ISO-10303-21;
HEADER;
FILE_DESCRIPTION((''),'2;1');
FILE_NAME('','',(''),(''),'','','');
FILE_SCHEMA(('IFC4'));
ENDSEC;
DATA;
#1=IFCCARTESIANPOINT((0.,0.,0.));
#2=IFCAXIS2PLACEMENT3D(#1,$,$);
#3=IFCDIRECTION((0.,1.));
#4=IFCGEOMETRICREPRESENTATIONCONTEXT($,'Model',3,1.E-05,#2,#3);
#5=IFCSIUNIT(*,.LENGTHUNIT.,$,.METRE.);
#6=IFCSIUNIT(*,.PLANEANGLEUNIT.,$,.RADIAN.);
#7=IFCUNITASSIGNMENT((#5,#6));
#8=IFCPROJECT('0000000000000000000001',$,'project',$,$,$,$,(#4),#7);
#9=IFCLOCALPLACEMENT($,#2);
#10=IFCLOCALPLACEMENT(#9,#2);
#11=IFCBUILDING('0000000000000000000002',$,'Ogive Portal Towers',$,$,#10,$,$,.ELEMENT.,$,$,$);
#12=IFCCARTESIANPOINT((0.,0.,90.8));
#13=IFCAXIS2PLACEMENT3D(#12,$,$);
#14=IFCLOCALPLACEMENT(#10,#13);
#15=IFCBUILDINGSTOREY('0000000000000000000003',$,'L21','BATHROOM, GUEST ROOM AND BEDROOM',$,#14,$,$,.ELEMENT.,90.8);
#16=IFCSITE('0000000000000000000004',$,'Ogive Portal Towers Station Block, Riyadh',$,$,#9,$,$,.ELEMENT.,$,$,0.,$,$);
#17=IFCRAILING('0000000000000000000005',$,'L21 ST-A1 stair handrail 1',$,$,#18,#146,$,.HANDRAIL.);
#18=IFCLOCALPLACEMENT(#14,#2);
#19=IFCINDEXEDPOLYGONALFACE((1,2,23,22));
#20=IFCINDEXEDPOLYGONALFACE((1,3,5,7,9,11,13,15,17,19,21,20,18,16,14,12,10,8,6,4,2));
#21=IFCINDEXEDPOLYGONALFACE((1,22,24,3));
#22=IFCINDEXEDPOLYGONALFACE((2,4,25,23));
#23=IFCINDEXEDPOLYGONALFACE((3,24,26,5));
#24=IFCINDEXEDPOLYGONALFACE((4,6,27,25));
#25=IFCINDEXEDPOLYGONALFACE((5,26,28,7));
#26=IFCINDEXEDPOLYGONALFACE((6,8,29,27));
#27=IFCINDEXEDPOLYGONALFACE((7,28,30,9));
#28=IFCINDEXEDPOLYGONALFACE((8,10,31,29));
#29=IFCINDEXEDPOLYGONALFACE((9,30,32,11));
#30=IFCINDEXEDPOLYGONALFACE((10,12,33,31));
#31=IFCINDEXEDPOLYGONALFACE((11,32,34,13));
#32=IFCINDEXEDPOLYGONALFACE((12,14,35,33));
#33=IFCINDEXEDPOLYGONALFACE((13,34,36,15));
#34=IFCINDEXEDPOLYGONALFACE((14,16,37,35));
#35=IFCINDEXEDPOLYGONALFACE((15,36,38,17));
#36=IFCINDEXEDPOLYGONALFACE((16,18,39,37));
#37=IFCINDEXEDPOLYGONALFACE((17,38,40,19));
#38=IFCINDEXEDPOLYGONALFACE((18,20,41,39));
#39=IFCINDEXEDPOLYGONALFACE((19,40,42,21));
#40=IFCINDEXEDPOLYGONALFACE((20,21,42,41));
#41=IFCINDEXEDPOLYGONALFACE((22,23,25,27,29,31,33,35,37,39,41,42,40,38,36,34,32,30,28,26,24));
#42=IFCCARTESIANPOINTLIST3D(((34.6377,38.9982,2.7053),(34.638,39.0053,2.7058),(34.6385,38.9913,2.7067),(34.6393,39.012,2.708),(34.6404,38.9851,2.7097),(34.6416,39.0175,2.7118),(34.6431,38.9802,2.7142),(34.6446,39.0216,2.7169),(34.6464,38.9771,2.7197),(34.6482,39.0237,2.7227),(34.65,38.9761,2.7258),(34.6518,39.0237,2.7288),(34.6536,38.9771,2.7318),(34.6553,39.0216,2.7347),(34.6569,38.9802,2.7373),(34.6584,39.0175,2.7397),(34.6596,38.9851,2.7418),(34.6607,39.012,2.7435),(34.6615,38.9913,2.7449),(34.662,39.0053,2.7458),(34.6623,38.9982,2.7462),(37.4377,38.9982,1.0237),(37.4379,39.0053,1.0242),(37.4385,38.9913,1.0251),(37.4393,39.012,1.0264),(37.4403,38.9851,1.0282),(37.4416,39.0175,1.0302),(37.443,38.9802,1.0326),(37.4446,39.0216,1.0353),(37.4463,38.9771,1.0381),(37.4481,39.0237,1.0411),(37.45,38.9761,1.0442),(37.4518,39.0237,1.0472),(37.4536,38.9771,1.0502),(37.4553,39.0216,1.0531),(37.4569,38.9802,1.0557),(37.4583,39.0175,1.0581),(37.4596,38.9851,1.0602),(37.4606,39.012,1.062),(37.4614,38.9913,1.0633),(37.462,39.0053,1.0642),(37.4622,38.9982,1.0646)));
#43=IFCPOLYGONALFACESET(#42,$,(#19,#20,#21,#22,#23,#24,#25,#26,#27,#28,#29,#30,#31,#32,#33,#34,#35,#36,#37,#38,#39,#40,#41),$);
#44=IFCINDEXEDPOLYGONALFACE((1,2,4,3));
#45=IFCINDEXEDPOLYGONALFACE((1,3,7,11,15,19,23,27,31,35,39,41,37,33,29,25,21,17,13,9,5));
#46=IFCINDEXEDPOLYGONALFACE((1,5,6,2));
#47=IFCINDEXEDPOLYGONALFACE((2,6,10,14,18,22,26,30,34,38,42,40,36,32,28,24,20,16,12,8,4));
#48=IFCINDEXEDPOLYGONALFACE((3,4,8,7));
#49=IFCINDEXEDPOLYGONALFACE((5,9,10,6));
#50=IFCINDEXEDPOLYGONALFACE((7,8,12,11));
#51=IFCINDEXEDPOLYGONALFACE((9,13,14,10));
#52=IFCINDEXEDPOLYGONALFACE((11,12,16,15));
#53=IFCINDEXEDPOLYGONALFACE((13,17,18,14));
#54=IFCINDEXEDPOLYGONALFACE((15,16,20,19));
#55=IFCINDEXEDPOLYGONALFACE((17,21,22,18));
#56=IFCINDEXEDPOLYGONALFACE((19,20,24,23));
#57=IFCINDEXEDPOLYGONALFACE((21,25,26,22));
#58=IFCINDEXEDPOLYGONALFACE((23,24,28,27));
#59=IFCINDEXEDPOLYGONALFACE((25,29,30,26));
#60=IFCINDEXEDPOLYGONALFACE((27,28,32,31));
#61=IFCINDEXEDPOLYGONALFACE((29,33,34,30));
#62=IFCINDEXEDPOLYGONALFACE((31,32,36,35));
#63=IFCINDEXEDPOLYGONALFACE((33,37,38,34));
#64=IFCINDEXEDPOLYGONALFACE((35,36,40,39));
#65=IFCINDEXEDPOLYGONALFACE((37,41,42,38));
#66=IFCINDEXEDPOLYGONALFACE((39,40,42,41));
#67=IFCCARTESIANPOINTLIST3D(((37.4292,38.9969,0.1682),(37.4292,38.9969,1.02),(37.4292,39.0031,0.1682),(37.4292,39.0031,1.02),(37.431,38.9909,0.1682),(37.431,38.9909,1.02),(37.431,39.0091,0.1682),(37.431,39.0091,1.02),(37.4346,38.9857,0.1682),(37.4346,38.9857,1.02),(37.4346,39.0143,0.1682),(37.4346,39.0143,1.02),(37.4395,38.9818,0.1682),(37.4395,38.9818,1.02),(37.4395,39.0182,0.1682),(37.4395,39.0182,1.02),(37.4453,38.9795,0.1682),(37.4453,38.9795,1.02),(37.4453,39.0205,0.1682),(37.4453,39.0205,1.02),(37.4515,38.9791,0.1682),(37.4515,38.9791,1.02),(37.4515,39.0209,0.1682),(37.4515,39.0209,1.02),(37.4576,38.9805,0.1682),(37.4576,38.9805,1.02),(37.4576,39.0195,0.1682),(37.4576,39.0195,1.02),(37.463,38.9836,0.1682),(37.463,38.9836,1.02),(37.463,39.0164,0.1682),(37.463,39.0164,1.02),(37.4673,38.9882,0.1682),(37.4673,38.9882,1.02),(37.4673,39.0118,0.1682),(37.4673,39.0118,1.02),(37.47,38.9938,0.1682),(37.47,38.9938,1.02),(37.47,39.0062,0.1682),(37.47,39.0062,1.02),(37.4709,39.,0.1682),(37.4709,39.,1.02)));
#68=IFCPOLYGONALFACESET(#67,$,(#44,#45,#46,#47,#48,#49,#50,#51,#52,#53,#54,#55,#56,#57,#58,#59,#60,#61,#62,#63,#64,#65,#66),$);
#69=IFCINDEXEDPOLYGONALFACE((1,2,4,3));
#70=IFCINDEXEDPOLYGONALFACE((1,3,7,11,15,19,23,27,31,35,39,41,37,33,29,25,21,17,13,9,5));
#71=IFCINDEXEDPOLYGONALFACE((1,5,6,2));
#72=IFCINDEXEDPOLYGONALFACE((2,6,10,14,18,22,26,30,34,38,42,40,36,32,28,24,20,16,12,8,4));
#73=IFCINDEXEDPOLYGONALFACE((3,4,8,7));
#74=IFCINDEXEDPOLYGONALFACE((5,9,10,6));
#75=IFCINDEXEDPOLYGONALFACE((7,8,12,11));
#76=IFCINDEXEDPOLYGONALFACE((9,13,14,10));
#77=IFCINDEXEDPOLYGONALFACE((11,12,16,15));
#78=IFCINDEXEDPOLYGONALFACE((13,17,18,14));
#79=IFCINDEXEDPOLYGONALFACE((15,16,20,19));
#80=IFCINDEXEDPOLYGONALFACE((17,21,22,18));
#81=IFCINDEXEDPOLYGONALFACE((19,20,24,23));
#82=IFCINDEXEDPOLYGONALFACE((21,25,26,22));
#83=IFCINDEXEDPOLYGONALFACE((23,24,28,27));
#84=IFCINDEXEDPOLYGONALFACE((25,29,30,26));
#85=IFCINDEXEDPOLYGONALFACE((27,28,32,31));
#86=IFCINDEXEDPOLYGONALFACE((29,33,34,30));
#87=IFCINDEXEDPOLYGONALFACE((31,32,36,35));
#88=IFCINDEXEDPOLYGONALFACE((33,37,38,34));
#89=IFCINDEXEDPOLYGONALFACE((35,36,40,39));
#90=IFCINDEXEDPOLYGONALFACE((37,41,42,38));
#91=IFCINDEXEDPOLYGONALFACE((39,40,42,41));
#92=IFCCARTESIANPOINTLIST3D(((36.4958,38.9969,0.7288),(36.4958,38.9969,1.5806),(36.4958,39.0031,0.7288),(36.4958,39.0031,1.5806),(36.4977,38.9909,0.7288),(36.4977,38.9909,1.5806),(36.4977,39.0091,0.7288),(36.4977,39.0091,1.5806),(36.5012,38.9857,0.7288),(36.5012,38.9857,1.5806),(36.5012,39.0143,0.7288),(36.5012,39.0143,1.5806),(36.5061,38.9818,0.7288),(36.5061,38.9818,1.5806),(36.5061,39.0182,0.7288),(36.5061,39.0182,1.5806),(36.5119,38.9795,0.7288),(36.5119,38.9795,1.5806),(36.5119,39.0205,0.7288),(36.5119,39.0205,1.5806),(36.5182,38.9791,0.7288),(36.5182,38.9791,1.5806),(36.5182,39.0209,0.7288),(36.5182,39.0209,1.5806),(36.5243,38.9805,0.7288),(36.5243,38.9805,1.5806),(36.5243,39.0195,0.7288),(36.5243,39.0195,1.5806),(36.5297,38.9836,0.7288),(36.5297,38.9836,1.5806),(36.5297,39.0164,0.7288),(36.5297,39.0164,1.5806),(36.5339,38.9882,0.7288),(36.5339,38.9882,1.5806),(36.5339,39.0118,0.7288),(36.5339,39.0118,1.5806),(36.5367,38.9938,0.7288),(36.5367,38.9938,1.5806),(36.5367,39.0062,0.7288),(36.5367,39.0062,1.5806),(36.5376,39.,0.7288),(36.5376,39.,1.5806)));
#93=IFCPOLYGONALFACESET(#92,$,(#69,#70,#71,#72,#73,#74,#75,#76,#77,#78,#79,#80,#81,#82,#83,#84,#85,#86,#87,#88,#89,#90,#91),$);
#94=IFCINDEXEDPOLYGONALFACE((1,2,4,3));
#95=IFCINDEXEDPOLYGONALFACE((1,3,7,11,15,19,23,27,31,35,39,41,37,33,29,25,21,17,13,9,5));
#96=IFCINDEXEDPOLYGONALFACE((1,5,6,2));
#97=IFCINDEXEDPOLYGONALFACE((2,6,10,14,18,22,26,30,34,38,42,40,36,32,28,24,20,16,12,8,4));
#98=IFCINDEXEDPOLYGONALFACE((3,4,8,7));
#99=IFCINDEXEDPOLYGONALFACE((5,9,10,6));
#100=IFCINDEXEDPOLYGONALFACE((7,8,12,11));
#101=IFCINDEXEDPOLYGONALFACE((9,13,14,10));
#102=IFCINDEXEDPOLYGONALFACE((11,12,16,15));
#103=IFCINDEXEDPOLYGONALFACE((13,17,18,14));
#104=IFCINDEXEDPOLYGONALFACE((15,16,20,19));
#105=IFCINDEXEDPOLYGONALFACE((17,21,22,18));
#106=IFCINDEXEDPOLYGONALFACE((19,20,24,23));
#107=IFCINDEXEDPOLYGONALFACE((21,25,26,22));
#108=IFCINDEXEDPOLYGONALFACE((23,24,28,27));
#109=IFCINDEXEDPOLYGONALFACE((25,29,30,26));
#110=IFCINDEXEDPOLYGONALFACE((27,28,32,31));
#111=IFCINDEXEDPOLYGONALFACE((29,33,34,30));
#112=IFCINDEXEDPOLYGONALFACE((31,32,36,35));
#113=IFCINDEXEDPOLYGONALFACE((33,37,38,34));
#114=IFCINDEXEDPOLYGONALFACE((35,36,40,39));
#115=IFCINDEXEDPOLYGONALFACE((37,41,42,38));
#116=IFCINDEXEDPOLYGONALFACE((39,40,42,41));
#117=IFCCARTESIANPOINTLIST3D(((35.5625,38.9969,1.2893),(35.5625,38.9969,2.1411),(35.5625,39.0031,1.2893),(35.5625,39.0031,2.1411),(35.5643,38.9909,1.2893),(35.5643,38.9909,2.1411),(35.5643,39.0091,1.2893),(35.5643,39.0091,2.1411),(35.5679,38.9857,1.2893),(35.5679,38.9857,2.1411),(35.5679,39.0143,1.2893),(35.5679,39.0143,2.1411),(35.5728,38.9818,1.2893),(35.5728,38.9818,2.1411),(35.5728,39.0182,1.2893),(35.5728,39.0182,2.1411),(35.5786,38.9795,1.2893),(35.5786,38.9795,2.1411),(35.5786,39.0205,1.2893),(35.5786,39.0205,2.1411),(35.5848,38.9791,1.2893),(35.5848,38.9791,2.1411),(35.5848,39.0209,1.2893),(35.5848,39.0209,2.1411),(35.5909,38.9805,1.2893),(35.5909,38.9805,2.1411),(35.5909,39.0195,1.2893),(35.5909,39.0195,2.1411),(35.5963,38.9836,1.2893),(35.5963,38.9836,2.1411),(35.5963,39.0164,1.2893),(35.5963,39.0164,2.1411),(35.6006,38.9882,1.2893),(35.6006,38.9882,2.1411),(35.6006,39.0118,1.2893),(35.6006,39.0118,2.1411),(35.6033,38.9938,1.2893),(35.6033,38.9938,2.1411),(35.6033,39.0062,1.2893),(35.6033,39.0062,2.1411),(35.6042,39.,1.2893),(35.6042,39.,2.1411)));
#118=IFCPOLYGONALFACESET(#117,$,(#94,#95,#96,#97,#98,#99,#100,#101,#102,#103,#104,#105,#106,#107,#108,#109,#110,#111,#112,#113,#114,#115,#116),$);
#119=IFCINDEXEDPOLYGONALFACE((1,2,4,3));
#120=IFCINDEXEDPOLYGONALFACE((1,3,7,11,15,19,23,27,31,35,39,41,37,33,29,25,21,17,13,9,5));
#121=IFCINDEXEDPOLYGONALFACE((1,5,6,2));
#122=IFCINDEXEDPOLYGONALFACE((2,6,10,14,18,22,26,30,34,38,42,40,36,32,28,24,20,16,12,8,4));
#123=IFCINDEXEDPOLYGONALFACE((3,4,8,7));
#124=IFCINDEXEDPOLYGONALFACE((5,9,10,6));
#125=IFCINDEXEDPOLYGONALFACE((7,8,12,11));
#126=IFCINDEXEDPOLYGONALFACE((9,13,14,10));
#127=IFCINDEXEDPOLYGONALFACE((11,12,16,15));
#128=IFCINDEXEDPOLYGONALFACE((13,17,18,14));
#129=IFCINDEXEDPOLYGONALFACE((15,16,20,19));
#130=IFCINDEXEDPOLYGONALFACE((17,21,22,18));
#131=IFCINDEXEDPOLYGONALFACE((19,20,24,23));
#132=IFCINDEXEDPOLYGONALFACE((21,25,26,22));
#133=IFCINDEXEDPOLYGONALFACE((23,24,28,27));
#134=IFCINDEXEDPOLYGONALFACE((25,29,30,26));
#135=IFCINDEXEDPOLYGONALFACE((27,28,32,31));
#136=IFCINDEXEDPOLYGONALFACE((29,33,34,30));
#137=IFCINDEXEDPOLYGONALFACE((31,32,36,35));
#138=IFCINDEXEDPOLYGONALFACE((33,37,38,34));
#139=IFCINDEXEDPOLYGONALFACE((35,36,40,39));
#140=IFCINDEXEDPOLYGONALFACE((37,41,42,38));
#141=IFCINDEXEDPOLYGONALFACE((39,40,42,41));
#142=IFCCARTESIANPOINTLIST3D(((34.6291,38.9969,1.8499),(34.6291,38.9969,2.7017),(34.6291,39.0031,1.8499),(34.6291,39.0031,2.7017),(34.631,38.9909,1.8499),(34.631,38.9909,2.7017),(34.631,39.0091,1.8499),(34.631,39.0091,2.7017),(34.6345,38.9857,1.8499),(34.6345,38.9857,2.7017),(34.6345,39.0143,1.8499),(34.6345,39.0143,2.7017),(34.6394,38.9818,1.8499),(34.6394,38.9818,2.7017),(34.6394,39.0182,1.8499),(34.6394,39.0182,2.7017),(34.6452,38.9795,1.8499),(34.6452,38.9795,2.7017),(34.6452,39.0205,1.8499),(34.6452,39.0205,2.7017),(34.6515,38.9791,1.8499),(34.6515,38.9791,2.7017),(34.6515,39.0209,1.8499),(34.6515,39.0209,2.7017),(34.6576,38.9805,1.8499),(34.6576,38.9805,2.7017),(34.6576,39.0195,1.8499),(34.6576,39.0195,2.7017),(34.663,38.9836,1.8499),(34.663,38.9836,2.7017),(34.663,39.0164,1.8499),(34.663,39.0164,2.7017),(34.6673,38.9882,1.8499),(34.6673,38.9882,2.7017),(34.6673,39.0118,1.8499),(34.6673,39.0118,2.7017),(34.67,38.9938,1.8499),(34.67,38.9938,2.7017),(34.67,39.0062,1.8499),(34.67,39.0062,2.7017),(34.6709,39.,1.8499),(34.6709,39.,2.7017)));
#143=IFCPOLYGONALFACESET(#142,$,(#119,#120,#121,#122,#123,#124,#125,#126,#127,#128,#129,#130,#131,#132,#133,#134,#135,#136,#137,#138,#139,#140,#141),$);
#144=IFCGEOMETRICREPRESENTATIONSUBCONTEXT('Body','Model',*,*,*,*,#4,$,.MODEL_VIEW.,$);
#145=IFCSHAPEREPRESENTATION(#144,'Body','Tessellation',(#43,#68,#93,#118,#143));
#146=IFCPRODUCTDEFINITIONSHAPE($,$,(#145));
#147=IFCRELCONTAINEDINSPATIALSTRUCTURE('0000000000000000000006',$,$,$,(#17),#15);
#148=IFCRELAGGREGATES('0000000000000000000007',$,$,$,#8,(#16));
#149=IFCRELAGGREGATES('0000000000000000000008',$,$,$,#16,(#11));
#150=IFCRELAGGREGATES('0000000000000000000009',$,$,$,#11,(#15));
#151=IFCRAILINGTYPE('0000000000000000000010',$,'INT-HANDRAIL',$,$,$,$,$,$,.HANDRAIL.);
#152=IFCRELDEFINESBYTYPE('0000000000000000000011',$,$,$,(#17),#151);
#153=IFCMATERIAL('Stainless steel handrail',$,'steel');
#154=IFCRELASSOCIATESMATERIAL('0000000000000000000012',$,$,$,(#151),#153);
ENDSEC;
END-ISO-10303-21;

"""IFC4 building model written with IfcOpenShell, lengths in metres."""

from ifc_helpers import new_model, si_unit, direction, frame, origin, origin_2d, place, context, subcontext, project, spatial, circle, extrude, material, type_object, element, save


model = new_model("IFC4")

# Units and contexts
model_context = context("Model", 3, precision=1e-05, world=origin(), true_north=direction((0.0, 1.0)))
body_context = subcontext(model_context, "Body", "Model", "MODEL_VIEW")
ifc_project = project(units=[si_unit("LENGTHUNIT", "METRE"), si_unit("PLANEANGLEUNIT", "RADIAN")], contexts=[model_context])

# Site, building, storey
site_placement = place(None, origin())
site = spatial("IfcSite", under=ifc_project, at=site_placement, Name="Ogive Portal Towers Station Block, Riyadh", CompositionType="ELEMENT", RefElevation=0.0)
building_placement = place(site_placement, origin())
building = spatial("IfcBuilding", under=site, at=building_placement, Name="Ogive Portal Towers", CompositionType="ELEMENT")
storey_placement = place(building_placement, frame((0.0, 0.0, 90.8)))
storey = spatial("IfcBuildingStorey", under=building, at=storey_placement, Name="L21", Description="BATHROOM, GUEST ROOM AND BEDROOM", CompositionType="ELEMENT", Elevation=90.8)

# Railing
ifc_material_1 = material(Name="Stainless steel handrail", Category="steel")
railing_type_1 = type_object("IfcRailingType", Name="INT-HANDRAIL", PredefinedType="HANDRAIL", material=ifc_material_1)
railing_1_placement = place(storey_placement, frame((37.45, 39.0, 0.1682)))
element("IfcRailing", 1, at=railing_1_placement, inside=storey, type_object=railing_type_1, Name="L21 ST-A1 stair handrail 1", PredefinedType="HANDRAIL", context=body_context, shape_type="SweptSolid", body=[
    extrude(circle(Radius=0.0239, at=origin_2d()), frame((0.0, 0.0, 0.876), z_axis=(-0.857275, 0.0, 0.514858), x_axis=(0.0, -1.0, 0.0)), (0.0, 0.0, 1.0), 3.2661),
    extrude(circle(Radius=0.021, at=origin_2d()), origin(), (0.0, 0.0, 1.0), 0.8518),
    extrude(circle(Radius=0.021, at=origin_2d()), frame((-0.9333, 0.0, 0.5605)), (0.0, 0.0, 1.0), 0.8518),
    extrude(circle(Radius=0.021, at=origin_2d()), frame((-1.8667, 0.0, 1.1211)), (0.0, 0.0, 1.0), 0.8518),
    extrude(circle(Radius=0.021, at=origin_2d()), frame((-2.8, 0.0, 1.6816)), (0.0, 0.0, 1.0), 0.8518),
])

save(model, "model.ifc")
